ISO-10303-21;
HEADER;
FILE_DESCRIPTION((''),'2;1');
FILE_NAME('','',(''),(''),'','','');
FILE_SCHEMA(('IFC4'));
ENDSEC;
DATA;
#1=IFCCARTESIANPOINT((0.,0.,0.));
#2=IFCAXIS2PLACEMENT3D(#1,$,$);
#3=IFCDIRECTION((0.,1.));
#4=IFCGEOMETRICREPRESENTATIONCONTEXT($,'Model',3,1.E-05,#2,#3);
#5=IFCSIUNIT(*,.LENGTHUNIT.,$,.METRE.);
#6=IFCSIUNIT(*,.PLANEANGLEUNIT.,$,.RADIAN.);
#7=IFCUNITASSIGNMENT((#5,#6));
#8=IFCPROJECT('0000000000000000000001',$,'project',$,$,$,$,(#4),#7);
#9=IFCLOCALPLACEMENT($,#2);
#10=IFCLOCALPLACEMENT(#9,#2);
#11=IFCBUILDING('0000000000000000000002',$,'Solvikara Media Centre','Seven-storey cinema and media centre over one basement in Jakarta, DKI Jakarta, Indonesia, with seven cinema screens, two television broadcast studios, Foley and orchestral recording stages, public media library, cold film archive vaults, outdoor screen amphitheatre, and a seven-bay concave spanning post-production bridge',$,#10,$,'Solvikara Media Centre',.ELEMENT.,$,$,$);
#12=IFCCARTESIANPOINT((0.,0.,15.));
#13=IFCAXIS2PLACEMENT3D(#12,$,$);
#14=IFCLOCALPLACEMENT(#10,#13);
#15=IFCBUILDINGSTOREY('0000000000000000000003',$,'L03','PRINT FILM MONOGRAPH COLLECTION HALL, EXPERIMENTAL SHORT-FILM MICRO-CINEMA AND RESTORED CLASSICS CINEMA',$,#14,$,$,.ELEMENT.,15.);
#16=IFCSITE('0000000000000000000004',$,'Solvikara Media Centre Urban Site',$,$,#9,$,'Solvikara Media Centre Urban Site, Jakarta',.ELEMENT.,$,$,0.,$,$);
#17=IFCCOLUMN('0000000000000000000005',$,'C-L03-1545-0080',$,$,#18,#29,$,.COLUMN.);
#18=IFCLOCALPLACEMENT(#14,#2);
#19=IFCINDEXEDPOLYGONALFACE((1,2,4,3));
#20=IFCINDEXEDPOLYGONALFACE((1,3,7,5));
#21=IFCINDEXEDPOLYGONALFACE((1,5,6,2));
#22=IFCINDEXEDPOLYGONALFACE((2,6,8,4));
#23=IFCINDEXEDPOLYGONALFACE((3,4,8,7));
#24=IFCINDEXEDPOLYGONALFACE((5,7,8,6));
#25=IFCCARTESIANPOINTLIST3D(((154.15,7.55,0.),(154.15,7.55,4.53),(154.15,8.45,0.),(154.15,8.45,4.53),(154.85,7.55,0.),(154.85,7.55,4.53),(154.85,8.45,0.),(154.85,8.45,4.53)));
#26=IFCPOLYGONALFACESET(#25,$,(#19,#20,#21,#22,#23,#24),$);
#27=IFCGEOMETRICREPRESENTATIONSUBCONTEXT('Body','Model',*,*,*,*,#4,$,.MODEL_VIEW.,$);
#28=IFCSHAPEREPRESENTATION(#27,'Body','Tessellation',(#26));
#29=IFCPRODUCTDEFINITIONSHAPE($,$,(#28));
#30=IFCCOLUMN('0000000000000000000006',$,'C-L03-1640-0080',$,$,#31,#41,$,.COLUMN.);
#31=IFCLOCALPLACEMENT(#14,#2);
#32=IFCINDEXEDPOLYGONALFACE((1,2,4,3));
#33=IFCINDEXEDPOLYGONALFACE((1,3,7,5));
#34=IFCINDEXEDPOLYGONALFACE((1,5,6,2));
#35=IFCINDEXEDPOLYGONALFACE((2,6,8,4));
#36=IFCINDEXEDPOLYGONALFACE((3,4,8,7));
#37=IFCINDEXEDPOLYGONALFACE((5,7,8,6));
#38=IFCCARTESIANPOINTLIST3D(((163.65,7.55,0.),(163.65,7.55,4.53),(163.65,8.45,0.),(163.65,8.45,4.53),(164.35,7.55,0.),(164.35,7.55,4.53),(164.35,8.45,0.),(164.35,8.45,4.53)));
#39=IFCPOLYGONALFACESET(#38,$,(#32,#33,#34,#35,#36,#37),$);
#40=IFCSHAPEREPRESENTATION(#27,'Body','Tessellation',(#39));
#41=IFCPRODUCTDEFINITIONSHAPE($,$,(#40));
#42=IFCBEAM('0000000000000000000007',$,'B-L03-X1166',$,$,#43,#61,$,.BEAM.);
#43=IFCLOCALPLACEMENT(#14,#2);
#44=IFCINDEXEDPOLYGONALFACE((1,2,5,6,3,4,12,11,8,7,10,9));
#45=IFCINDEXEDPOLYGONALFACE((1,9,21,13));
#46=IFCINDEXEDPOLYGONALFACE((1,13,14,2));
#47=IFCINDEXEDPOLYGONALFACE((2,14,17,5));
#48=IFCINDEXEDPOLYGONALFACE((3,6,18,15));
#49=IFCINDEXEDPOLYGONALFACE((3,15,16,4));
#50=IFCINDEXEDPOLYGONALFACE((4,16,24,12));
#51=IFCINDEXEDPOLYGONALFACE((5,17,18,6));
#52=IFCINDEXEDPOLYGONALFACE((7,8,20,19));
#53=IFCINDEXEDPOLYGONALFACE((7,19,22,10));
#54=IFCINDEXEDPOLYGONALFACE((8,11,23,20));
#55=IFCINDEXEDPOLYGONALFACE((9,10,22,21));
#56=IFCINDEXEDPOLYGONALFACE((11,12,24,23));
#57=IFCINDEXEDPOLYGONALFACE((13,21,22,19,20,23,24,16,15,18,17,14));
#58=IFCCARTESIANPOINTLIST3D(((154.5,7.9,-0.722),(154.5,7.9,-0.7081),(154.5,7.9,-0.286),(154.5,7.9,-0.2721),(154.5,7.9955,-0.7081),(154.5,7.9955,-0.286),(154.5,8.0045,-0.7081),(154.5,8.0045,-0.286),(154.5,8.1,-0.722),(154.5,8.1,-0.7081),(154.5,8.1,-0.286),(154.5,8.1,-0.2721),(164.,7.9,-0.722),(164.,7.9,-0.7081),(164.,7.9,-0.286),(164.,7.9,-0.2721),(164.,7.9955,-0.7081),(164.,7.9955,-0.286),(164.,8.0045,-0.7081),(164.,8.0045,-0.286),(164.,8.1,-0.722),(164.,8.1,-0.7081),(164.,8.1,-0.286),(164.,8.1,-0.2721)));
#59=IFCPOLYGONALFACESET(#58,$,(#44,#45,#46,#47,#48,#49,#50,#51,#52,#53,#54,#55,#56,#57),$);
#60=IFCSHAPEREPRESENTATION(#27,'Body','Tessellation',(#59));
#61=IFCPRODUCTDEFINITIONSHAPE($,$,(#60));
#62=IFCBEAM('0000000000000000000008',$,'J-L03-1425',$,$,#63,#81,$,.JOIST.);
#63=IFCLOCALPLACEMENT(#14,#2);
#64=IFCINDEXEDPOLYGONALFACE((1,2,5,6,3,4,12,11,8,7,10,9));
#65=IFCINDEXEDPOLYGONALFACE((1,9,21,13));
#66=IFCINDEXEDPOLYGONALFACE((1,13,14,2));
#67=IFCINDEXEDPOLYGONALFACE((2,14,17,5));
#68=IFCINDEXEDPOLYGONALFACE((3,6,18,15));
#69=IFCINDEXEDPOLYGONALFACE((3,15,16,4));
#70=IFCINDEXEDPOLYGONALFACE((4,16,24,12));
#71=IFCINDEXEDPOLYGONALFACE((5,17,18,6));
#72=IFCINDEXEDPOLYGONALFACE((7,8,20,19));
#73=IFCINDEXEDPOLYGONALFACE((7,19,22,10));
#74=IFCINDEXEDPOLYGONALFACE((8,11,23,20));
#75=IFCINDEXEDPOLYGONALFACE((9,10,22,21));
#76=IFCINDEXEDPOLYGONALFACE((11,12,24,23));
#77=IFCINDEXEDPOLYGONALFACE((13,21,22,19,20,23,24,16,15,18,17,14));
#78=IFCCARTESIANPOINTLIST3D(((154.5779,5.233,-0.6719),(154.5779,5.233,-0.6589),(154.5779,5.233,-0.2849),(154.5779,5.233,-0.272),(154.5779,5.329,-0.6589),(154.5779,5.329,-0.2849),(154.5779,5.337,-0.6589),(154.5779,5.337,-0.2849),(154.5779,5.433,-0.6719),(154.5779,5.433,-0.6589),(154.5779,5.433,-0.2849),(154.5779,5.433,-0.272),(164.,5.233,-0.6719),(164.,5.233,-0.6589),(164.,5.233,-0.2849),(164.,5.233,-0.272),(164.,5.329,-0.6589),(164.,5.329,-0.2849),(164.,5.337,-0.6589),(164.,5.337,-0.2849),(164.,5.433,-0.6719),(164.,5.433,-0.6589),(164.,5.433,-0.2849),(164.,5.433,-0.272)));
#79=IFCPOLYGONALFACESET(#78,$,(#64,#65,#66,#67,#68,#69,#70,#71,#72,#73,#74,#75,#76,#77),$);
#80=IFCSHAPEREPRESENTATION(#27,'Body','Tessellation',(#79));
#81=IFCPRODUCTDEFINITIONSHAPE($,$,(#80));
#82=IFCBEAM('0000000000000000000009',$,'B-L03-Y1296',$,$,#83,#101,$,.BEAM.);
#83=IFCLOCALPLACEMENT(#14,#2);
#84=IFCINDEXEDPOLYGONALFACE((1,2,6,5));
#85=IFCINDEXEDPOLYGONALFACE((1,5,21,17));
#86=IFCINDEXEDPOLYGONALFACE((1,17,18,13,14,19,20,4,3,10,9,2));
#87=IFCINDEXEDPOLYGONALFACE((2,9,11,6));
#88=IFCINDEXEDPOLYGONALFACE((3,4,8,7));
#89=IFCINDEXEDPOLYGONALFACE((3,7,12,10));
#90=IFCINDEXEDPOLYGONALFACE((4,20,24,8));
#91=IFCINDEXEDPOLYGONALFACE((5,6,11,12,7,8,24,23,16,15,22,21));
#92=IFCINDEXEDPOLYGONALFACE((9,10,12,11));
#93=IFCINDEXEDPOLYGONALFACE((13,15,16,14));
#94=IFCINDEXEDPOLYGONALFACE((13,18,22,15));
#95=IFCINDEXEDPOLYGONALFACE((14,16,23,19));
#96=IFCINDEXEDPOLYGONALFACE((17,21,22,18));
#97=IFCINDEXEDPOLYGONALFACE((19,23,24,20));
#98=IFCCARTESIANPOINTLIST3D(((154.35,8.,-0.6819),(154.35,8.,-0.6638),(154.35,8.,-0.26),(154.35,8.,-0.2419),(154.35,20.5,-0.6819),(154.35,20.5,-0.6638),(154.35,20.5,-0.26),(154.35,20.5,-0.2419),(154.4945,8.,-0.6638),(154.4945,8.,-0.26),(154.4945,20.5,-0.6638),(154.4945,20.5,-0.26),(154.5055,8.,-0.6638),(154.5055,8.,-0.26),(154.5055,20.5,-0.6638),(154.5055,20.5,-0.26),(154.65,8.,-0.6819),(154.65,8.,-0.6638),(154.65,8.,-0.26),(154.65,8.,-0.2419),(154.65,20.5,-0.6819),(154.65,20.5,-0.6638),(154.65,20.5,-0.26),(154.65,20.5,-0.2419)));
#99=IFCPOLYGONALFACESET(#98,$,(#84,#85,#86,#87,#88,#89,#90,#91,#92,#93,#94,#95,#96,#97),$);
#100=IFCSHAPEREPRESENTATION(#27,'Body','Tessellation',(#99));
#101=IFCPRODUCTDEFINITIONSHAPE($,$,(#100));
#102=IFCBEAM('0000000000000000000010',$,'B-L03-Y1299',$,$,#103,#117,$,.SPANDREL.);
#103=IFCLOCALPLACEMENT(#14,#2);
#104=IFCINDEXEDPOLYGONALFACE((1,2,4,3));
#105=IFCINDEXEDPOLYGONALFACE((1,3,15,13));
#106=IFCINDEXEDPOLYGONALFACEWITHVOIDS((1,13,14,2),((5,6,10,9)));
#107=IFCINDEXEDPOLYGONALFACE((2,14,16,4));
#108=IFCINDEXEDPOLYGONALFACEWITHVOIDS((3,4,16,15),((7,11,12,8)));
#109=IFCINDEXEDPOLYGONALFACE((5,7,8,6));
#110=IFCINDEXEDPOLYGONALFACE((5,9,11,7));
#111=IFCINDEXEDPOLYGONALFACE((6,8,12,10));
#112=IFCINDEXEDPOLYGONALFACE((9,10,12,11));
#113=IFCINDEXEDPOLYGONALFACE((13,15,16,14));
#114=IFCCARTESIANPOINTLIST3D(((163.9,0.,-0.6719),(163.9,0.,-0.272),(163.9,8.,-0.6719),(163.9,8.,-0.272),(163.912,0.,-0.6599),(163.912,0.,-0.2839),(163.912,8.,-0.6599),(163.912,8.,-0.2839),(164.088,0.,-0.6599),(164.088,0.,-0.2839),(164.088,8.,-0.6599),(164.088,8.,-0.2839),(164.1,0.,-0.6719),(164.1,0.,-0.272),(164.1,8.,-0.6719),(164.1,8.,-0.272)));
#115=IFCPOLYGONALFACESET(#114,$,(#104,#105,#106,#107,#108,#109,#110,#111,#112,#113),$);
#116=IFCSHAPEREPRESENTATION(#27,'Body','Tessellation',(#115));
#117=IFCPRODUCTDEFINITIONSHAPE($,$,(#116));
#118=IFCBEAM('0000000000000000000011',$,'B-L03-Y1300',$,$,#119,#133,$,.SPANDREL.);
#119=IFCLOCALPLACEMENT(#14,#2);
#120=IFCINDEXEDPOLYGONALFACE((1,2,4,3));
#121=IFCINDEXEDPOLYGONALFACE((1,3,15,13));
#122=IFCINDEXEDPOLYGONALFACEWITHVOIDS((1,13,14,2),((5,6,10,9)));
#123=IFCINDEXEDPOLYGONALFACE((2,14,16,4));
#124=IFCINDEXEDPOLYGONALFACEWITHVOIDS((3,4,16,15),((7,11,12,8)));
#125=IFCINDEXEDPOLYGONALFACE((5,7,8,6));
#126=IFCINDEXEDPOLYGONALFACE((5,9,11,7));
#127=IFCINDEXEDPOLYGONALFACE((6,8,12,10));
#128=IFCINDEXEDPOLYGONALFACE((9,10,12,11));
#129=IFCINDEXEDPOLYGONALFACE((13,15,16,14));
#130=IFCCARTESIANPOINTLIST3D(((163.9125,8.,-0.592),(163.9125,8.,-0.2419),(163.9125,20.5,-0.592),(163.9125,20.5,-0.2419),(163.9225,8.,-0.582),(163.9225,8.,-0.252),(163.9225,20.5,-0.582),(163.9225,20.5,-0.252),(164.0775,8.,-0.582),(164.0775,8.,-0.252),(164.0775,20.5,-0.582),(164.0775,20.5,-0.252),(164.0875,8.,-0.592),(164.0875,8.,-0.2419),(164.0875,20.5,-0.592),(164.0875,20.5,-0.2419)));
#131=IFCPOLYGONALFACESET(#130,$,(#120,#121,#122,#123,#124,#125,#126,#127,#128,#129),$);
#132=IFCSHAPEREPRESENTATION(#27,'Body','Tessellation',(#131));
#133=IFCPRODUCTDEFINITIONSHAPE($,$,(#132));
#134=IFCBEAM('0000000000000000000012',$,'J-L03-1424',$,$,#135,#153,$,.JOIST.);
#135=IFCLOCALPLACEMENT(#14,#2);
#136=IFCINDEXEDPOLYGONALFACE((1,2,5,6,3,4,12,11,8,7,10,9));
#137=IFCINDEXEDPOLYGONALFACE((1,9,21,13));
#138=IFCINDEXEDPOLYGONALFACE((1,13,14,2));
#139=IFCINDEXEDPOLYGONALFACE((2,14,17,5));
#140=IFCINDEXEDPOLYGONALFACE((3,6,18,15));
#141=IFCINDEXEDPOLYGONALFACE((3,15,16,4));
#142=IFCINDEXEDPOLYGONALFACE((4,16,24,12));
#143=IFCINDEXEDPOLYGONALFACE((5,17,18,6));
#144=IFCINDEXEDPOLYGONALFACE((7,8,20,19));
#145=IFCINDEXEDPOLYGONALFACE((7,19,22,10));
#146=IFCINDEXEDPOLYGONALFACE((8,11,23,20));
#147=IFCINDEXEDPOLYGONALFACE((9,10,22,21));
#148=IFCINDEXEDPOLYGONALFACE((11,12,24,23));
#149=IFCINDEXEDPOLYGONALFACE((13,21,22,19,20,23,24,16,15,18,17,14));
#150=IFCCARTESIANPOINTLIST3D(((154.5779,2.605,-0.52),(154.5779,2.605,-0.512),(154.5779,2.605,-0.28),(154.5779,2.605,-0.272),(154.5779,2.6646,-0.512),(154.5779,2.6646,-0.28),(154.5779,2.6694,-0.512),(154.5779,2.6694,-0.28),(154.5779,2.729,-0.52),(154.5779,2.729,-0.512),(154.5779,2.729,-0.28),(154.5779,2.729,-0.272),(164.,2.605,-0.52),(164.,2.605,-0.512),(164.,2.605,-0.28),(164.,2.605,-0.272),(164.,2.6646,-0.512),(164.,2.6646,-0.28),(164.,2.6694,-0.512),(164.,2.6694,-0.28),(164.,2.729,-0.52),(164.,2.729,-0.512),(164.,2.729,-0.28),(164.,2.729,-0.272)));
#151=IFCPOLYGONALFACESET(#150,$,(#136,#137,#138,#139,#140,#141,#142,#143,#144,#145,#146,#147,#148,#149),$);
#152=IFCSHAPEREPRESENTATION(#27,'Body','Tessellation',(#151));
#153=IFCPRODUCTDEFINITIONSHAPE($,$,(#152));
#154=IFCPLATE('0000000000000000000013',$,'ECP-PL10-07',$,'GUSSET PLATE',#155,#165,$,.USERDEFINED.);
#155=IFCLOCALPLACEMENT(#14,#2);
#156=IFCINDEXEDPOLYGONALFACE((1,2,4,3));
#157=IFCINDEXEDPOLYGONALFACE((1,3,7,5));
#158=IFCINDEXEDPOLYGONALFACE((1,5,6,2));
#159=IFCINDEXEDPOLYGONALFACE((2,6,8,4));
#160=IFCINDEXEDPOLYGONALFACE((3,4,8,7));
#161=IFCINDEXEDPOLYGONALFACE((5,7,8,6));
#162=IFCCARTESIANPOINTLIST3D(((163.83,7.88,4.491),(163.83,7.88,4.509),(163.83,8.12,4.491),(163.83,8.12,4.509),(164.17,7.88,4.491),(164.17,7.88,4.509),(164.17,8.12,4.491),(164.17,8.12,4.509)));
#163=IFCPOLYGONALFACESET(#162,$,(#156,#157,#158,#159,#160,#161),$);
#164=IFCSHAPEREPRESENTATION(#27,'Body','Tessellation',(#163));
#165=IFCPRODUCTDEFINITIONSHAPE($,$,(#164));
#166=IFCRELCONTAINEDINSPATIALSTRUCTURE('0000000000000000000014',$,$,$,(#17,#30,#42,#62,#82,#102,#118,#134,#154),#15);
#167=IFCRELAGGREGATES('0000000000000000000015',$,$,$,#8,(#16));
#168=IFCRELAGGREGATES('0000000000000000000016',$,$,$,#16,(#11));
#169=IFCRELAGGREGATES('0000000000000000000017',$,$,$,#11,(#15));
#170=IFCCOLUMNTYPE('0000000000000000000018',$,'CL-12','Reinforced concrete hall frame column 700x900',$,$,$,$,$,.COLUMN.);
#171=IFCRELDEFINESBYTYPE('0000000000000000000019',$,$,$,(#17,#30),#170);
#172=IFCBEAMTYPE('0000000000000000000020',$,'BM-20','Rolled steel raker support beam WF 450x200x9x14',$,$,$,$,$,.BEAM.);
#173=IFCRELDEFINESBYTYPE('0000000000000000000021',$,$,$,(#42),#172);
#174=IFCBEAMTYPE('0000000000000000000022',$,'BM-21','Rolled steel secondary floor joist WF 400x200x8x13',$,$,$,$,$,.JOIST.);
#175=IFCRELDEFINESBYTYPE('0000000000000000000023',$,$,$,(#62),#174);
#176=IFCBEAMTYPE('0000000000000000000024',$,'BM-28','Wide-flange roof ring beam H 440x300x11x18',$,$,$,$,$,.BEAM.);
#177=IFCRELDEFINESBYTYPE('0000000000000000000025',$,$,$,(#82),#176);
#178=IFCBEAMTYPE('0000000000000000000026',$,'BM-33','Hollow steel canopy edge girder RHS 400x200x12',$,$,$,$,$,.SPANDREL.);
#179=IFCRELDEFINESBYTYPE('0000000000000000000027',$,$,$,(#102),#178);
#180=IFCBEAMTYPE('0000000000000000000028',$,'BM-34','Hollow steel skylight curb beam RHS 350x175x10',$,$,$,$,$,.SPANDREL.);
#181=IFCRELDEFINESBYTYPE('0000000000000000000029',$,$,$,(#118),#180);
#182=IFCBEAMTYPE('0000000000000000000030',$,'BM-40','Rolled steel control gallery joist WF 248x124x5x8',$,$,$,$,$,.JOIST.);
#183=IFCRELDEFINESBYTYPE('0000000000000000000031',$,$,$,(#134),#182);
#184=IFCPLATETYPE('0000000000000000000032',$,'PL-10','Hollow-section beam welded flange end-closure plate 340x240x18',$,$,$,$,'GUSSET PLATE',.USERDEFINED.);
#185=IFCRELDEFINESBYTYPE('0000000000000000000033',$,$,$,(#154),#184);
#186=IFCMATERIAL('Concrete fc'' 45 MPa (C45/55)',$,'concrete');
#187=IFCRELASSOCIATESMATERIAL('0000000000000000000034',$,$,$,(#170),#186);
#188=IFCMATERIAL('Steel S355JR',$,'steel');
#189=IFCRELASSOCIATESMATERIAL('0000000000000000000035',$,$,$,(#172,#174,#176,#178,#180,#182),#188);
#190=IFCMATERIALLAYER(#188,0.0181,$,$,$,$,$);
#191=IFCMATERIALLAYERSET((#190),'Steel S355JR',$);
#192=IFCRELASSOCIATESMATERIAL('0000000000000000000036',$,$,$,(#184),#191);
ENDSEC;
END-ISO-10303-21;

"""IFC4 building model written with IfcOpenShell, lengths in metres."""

from ifc_helpers import new_model, si_unit, direction, frame, origin, origin_2d, place, context, subcontext, project, spatial, rectangle, hollow_rectangle, i_section, extrude, material, layer, layer_set, material_profile, profile_set, type_object, element, save


model = new_model("IFC4")

# Units and contexts
model_context = context("Model", 3, precision=1e-05, world=origin(), true_north=direction((0.0, 1.0)))
body_context = subcontext(model_context, "Body", "Model", "MODEL_VIEW")
ifc_project = project(units=[si_unit("LENGTHUNIT", "METRE"), si_unit("PLANEANGLEUNIT", "RADIAN")], contexts=[model_context])

# Site, building, storey
site_placement = place(None, origin())
site = spatial("IfcSite", under=ifc_project, at=site_placement, Name="Solvikara Media Centre Urban Site", LongName="Solvikara Media Centre Urban Site, Jakarta", CompositionType="ELEMENT", RefElevation=0.0)
building_placement = place(site_placement, origin())
building = spatial("IfcBuilding", under=site, at=building_placement, Name="Solvikara Media Centre", Description="Seven-storey cinema and media centre over one basement in Jakarta, DKI Jakarta, Indonesia, with seven cinema screens, two television broadcast studios, Foley and orchestral recording stages, public media library, cold film archive vaults, outdoor screen amphitheatre, and a seven-bay concave spanning post-production bridge", LongName="Solvikara Media Centre", CompositionType="ELEMENT")
storey_placement = place(building_placement, frame((0.0, 0.0, 15.0)))
storey = spatial("IfcBuildingStorey", under=building, at=storey_placement, Name="L03", Description="PRINT FILM MONOGRAPH COLLECTION HALL, EXPERIMENTAL SHORT-FILM MICRO-CINEMA AND RESTORED CLASSICS CINEMA", CompositionType="ELEMENT", Elevation=15.0)

# Columns
ifc_material_1 = material(Name="Concrete fc' 45 MPa (C45/55)", Category="concrete")
ifc_material_profile_1 = material_profile(ifc_material_1, rectangle(XDim=0.7, YDim=0.8999, at=origin_2d()), Name="RC 700x900")
ifc_profile_set_1 = profile_set([ifc_material_profile_1], Name="Concrete fc' 45 MPa (C45/55)")
column_type = type_object("IfcColumnType", Name="CL-12", Description="Reinforced concrete hall frame column 700x900", PredefinedType="COLUMN", material=ifc_profile_set_1)
for number, where, z_axis, x_axis, name in (
    (1, (154.5, 8.0, 0.0), (0.0, 0.0, 1.0), (1.0, 0.0, 0.0), "C-L03-1545-0080"),
    (2, (164.0, 8.0, 0.0), (0.0, 0.0, 1.0), (1.0, 0.0, 0.0), "C-L03-1640-0080"),
):
    element("IfcColumn", number, at=place(storey_placement, frame(where, z_axis=z_axis, x_axis=x_axis)), inside=storey, type_object=column_type, Name=name, PredefinedType="COLUMN", context=body_context, shape_type="SweptSolid", body=[
        extrude(rectangle(XDim=0.7, YDim=0.8999, at=origin_2d()), origin(), (0.0, 0.0, 1.0), 4.53),
    ])

# Beams
ifc_material_2 = material(Name="Steel S355JR", Category="steel")
ifc_material_profile_2 = material_profile(ifc_material_2, i_section(OverallWidth=0.2, OverallDepth=0.45, WebThickness=0.009, FlangeThickness=0.0139, at=origin_2d()), Name="WF 450x200x9x14")
ifc_profile_set_2 = profile_set([ifc_material_profile_2], Name="Steel S355JR")
beam_type_1 = type_object("IfcBeamType", Name="BM-20", Description="Rolled steel raker support beam WF 450x200x9x14", PredefinedType="BEAM", material=ifc_profile_set_2)
beam_1_placement = place(storey_placement, frame((154.5, 8.0, -0.4971), z_axis=(1.0, 0.0, 0.0), x_axis=(0.0, 1.0, 0.0)))
element("IfcBeam", 3, at=beam_1_placement, inside=storey, type_object=beam_type_1, Name="B-L03-X1166", PredefinedType="BEAM", context=body_context, shape_type="SweptSolid", body=[
    extrude(i_section(OverallWidth=0.2, OverallDepth=0.45, WebThickness=0.009, FlangeThickness=0.0139, at=origin_2d()), origin(), (0.0, 0.0, 1.0), 9.5),
])
ifc_material_profile_3 = material_profile(ifc_material_2, i_section(OverallWidth=0.2, OverallDepth=0.3999, WebThickness=0.0081, FlangeThickness=0.0129, at=origin_2d()), Name="WF 400x200x8x13")
ifc_profile_set_3 = profile_set([ifc_material_profile_3], Name="Steel S355JR")
beam_type_2 = type_object("IfcBeamType", Name="BM-21", Description="Rolled steel secondary floor joist WF 400x200x8x13", PredefinedType="JOIST", material=ifc_profile_set_3)
beam_2_placement = place(storey_placement, frame((154.5779, 5.333, -0.4719), z_axis=(1.0, 0.0, 0.0), x_axis=(0.0, 1.0, 0.0)))
element("IfcBeam", 4, at=beam_2_placement, inside=storey, type_object=beam_type_2, Name="J-L03-1425", PredefinedType="JOIST", context=body_context, shape_type="SweptSolid", body=[
    extrude(i_section(OverallWidth=0.2, OverallDepth=0.3999, WebThickness=0.0081, FlangeThickness=0.0129, at=origin_2d()), origin(), (0.0, 0.0, 1.0), 9.4221),
])
ifc_material_profile_4 = material_profile(ifc_material_2, i_section(OverallWidth=0.3, OverallDepth=0.4399, WebThickness=0.011, FlangeThickness=0.0181, at=origin_2d()), Name="H 440x300x11x18")
ifc_profile_set_4 = profile_set([ifc_material_profile_4], Name="Steel S355JR")
beam_type_3 = type_object("IfcBeamType", Name="BM-28", Description="Wide-flange roof ring beam H 440x300x11x18", PredefinedType="BEAM", material=ifc_profile_set_4)
beam_3_placement = place(storey_placement, frame((154.5, 8.0, -0.4619), z_axis=(0.0, 1.0, 0.0), x_axis=(-1.0, 0.0, 0.0)))
element("IfcBeam", 5, at=beam_3_placement, inside=storey, type_object=beam_type_3, Name="B-L03-Y1296", PredefinedType="BEAM", context=body_context, shape_type="SweptSolid", body=[
    extrude(i_section(OverallWidth=0.3, OverallDepth=0.4399, WebThickness=0.011, FlangeThickness=0.0181, at=origin_2d()), origin(), (0.0, 0.0, 1.0), 12.5),
])
ifc_material_profile_5 = material_profile(ifc_material_2, hollow_rectangle(XDim=0.2, YDim=0.3999, WallThickness=0.012, at=origin_2d()), Name="RHS 400x200x12")
ifc_profile_set_5 = profile_set([ifc_material_profile_5], Name="Steel S355JR")
beam_type_4 = type_object("IfcBeamType", Name="BM-33", Description="Hollow steel canopy edge girder RHS 400x200x12", PredefinedType="SPANDREL", material=ifc_profile_set_5)
beam_4_placement = place(storey_placement, frame((164.0, 0.0, -0.4719), z_axis=(0.0, 1.0, 0.0), x_axis=(-1.0, 0.0, 0.0)))
element("IfcBeam", 6, at=beam_4_placement, inside=storey, type_object=beam_type_4, Name="B-L03-Y1299", PredefinedType="SPANDREL", context=body_context, shape_type="SweptSolid", body=[
    extrude(hollow_rectangle(XDim=0.2, YDim=0.3999, WallThickness=0.012, at=origin_2d()), origin(), (0.0, 0.0, 1.0), 8.0),
])
ifc_material_profile_6 = material_profile(ifc_material_2, hollow_rectangle(XDim=0.175, YDim=0.3501, WallThickness=0.01, at=origin_2d()), Name="RHS 350x175x10")
ifc_profile_set_6 = profile_set([ifc_material_profile_6], Name="Steel S355JR")
beam_type_5 = type_object("IfcBeamType", Name="BM-34", Description="Hollow steel skylight curb beam RHS 350x175x10", PredefinedType="SPANDREL", material=ifc_profile_set_6)
beam_5_placement = place(storey_placement, frame((164.0, 8.0, -0.417), z_axis=(0.0, 1.0, 0.0), x_axis=(-1.0, 0.0, 0.0)))
element("IfcBeam", 7, at=beam_5_placement, inside=storey, type_object=beam_type_5, Name="B-L03-Y1300", PredefinedType="SPANDREL", context=body_context, shape_type="SweptSolid", body=[
    extrude(hollow_rectangle(XDim=0.175, YDim=0.3501, WallThickness=0.01, at=origin_2d()), origin(), (0.0, 0.0, 1.0), 12.5),
])
ifc_material_profile_7 = material_profile(ifc_material_2, i_section(OverallWidth=0.124, OverallDepth=0.248, WebThickness=0.0049, FlangeThickness=0.0081, at=origin_2d()), Name="WF 248x124x5x8")
ifc_profile_set_7 = profile_set([ifc_material_profile_7], Name="Steel S355JR")
beam_type_6 = type_object("IfcBeamType", Name="BM-40", Description="Rolled steel control gallery joist WF 248x124x5x8", PredefinedType="JOIST", material=ifc_profile_set_7)
beam_6_placement = place(storey_placement, frame((154.5779, 2.667, -0.396), z_axis=(1.0, 0.0, 0.0), x_axis=(0.0, 1.0, 0.0)))
element("IfcBeam", 8, at=beam_6_placement, inside=storey, type_object=beam_type_6, Name="J-L03-1424", PredefinedType="JOIST", context=body_context, shape_type="SweptSolid", body=[
    extrude(i_section(OverallWidth=0.124, OverallDepth=0.248, WebThickness=0.0049, FlangeThickness=0.0081, at=origin_2d()), origin(), (0.0, 0.0, 1.0), 9.4221),
])

# Plate
ifc_layer_1 = layer(ifc_material_2, 0.0181)
ifc_layer_set_1 = layer_set([ifc_layer_1], Name="Steel S355JR")
plate_type = type_object("IfcPlateType", Name="PL-10", Description="Hollow-section beam welded flange end-closure plate 340x240x18", ElementType="GUSSET PLATE", PredefinedType="USERDEFINED", material=ifc_layer_set_1)
plate_placement = place(storey_placement, frame((164.0, 8.0, 4.491), z_axis=(0.0, 0.0, 1.0), x_axis=(1.0, 0.0, 0.0)))
element("IfcPlate", 9, at=plate_placement, inside=storey, type_object=plate_type, Name="ECP-PL10-07", ObjectType="GUSSET PLATE", PredefinedType="USERDEFINED", context=body_context, shape_type="SweptSolid", body=[
    extrude(rectangle(XDim=0.3401, YDim=0.24, at=origin_2d()), origin(), (0.0, 0.0, 1.0), 0.0181),
])

save(model, "model.ifc")
